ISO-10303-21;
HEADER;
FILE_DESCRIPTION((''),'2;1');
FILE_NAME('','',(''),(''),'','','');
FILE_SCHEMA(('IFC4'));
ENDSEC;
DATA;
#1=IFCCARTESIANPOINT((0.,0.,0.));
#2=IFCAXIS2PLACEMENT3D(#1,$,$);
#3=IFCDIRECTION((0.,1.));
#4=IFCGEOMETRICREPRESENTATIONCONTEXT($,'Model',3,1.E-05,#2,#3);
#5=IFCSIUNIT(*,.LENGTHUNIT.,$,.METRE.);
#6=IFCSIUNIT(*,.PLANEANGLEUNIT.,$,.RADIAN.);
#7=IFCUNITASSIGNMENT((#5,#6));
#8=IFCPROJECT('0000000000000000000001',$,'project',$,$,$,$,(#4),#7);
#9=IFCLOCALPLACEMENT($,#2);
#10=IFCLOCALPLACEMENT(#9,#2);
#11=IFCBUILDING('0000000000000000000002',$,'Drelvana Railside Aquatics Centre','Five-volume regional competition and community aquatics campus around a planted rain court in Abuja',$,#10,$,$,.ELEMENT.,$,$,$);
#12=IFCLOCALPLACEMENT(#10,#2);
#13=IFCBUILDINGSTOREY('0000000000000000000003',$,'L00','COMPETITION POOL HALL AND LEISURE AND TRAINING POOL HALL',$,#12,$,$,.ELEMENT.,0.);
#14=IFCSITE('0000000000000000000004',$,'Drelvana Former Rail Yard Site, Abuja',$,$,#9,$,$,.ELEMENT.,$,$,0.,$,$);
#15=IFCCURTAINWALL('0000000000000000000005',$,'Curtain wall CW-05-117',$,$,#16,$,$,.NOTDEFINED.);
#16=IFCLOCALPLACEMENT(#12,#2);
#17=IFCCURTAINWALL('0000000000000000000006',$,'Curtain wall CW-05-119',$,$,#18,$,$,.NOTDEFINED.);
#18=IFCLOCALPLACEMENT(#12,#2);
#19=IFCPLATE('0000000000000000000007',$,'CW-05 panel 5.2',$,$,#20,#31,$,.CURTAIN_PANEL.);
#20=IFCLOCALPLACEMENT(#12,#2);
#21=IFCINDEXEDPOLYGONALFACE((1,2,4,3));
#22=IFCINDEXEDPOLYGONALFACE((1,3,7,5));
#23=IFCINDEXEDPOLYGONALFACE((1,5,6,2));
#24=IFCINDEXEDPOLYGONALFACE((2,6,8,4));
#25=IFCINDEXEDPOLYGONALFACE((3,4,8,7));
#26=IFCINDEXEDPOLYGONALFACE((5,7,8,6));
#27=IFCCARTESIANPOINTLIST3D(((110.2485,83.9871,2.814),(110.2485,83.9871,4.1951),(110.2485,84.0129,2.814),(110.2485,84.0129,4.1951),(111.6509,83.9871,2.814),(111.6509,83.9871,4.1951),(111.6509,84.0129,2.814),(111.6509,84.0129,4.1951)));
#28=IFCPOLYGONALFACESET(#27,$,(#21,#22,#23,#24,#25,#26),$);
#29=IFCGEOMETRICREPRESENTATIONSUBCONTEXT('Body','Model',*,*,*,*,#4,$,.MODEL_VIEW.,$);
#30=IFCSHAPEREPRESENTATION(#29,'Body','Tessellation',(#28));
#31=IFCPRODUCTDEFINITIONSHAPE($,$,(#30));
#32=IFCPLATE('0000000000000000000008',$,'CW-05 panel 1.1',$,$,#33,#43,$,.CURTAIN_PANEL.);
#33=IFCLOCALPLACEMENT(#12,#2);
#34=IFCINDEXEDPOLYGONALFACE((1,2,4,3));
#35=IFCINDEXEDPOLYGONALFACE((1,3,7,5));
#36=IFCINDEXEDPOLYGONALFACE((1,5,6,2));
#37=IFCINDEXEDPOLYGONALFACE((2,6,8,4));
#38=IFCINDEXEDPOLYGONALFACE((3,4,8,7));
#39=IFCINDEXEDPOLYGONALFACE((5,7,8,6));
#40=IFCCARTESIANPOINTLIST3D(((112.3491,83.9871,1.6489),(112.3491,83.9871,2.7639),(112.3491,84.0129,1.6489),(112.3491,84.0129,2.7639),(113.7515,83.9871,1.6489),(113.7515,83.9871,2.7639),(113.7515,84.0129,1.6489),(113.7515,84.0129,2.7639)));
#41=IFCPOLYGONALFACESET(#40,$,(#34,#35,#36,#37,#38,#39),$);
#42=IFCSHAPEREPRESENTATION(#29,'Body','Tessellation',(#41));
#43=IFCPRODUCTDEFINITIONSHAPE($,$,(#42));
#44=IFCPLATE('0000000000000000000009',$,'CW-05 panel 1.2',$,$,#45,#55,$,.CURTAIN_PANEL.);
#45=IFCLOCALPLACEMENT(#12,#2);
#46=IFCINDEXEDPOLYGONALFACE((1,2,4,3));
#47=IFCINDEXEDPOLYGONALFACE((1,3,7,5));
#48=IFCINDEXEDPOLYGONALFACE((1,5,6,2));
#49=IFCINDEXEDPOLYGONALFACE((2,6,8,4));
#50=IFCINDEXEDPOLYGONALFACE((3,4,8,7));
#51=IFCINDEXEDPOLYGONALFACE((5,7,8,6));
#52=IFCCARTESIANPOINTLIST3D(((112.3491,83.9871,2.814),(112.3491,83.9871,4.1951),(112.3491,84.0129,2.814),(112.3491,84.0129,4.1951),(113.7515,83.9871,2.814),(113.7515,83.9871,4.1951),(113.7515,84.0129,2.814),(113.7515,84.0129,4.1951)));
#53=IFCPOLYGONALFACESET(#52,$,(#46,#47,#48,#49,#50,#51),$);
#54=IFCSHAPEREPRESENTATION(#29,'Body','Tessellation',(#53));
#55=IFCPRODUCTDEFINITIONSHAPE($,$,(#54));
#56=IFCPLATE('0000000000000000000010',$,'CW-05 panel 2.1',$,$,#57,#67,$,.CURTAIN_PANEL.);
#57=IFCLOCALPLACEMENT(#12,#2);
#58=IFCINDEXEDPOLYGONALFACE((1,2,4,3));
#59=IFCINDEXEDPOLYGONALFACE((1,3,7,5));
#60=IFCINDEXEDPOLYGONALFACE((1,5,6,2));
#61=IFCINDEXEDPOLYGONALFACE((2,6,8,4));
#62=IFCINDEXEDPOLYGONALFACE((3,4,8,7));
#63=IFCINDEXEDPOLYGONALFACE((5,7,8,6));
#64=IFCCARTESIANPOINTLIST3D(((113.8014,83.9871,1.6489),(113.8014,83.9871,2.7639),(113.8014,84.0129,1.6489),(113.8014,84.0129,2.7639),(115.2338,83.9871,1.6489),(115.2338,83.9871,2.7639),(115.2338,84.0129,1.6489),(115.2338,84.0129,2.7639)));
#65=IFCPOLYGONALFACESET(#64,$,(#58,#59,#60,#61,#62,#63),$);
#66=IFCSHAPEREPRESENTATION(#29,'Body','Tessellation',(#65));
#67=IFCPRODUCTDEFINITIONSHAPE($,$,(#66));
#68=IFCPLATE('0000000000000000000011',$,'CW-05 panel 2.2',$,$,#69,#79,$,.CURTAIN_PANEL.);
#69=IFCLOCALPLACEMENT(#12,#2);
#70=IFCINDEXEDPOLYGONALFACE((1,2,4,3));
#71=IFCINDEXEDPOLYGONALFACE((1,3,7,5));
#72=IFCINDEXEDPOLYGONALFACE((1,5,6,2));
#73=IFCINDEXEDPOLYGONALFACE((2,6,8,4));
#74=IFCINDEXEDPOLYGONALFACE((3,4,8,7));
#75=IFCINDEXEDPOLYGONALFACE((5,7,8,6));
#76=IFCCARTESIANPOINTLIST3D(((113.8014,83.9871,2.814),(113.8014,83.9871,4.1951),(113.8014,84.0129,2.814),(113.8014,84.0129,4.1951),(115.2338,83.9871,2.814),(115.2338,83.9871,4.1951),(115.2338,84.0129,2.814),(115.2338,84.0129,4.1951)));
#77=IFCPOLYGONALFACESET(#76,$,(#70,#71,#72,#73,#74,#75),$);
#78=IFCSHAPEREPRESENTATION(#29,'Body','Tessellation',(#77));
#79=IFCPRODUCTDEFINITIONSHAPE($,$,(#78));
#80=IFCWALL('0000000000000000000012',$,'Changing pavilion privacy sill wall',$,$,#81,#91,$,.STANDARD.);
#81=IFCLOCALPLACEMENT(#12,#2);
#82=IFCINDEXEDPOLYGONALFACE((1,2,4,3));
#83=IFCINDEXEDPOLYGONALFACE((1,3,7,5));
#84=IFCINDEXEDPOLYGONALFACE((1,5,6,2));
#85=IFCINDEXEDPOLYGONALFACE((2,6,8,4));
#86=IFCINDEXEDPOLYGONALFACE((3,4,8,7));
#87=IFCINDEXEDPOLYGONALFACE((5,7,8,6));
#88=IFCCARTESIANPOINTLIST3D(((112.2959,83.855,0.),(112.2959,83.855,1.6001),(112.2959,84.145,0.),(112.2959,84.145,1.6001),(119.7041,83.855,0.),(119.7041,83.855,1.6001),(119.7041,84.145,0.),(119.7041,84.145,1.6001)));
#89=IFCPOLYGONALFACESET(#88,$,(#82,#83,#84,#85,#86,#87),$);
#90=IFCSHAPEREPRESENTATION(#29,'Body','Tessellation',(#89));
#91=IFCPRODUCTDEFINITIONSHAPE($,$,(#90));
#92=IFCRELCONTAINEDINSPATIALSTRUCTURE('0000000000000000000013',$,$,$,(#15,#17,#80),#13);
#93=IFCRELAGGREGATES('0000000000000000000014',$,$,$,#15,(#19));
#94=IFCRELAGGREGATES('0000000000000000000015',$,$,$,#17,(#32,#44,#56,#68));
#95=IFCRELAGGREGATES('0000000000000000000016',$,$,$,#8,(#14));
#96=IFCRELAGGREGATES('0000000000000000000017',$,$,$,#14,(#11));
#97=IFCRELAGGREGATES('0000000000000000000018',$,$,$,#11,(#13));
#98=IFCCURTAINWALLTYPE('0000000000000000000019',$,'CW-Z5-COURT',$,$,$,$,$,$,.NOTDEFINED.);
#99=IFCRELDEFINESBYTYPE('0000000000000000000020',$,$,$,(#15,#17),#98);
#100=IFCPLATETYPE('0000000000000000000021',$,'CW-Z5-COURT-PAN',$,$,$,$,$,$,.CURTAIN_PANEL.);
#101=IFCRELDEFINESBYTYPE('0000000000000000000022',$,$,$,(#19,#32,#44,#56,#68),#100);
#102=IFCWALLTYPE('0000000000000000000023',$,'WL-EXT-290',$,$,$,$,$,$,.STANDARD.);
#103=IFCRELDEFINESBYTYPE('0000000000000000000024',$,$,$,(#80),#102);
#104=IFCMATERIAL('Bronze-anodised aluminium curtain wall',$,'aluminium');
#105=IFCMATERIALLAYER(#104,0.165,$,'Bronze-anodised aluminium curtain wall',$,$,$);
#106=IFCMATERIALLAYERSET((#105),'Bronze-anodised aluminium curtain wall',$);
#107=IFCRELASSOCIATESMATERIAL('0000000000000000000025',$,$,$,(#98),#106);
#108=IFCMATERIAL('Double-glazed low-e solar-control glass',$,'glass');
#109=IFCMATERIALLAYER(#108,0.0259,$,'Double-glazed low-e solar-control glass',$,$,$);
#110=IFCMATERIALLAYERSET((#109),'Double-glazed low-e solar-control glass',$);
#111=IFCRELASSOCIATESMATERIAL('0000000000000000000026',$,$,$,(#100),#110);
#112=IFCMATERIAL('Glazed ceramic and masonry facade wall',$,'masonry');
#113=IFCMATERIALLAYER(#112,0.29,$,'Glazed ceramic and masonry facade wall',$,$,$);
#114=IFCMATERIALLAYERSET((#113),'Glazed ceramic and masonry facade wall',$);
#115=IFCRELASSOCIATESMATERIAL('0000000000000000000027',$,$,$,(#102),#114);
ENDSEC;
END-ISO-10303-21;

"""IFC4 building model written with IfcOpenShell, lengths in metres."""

from ifc_helpers import new_model, si_unit, direction, frame, frame_2d, origin, origin_2d, place, context, subcontext, project, spatial, rectangle, extrude, material, layer, layer_set, type_object, element, aggregate, save


model = new_model("IFC4")

# Units and contexts
model_context = context("Model", 3, precision=1e-05, world=origin(), true_north=direction((0.0, 1.0)))
body_context = subcontext(model_context, "Body", "Model", "MODEL_VIEW")
ifc_project = project(units=[si_unit("LENGTHUNIT", "METRE"), si_unit("PLANEANGLEUNIT", "RADIAN")], contexts=[model_context])

# Site, building, storey
site_placement = place(None, origin())
site = spatial("IfcSite", under=ifc_project, at=site_placement, Name="Drelvana Former Rail Yard Site, Abuja", CompositionType="ELEMENT", RefElevation=0.0)
building_placement = place(site_placement, origin())
building = spatial("IfcBuilding", under=site, at=building_placement, Name="Drelvana Railside Aquatics Centre", Description="Five-volume regional competition and community aquatics campus around a planted rain court in Abuja", CompositionType="ELEMENT")
storey_placement = place(building_placement, origin())
storey = spatial("IfcBuildingStorey", under=building, at=storey_placement, Name="L00", Description="COMPETITION POOL HALL AND LEISURE AND TRAINING POOL HALL", CompositionType="ELEMENT", Elevation=0.0)

# Curtain walls
ifc_material_1 = material(Name="Bronze-anodised aluminium curtain wall", Category="aluminium")
ifc_layer_1 = layer(ifc_material_1, 0.165, Name="Bronze-anodised aluminium curtain wall")
ifc_layer_set_1 = layer_set([ifc_layer_1], Name="Bronze-anodised aluminium curtain wall")
curtain_wall_type = type_object("IfcCurtainWallType", Name="CW-Z5-COURT", PredefinedType="NOTDEFINED", material=ifc_layer_set_1)
curtain_wall_1_placement = place(storey_placement, origin())
curtain_wall_1 = element("IfcCurtainWall", 1, at=curtain_wall_1_placement, inside=storey, type_object=curtain_wall_type, Name="Curtain wall CW-05-117", PredefinedType="NOTDEFINED")
curtain_wall_2_placement = place(storey_placement, origin())
curtain_wall_2 = element("IfcCurtainWall", 2, at=curtain_wall_2_placement, inside=storey, type_object=curtain_wall_type, Name="Curtain wall CW-05-119", PredefinedType="NOTDEFINED")

# Plates
ifc_material_2 = material(Name="Double-glazed low-e solar-control glass", Category="glass")
ifc_layer_2 = layer(ifc_material_2, 0.0259, Name="Double-glazed low-e solar-control glass")
ifc_layer_set_2 = layer_set([ifc_layer_2], Name="Double-glazed low-e solar-control glass")
plate_type = type_object("IfcPlateType", Name="CW-Z5-COURT-PAN", PredefinedType="CURTAIN_PANEL", material=ifc_layer_set_2)
plate_1_placement = place(storey_placement, frame((110.9497, 84.0, 2.814), z_axis=(0.0, 0.0, 1.0), x_axis=(1.0, 0.0, 0.0)))
plate_1 = element("IfcPlate", 3, at=plate_1_placement, type_object=plate_type, Name="CW-05 panel 5.2", PredefinedType="CURTAIN_PANEL", context=body_context, shape_type="SweptSolid", body=[
    extrude(rectangle(XDim=1.4023, YDim=0.0259, at=origin_2d()), origin(), (0.0, 0.0, 1.0), 1.3811),
])
aggregate(curtain_wall_1, [plate_1])
plate_2_placement = place(storey_placement, frame((113.0503, 84.0, 1.6489), z_axis=(0.0, 0.0, 1.0), x_axis=(1.0, 0.0, 0.0)))
plate_2 = element("IfcPlate", 4, at=plate_2_placement, type_object=plate_type, Name="CW-05 panel 1.1", PredefinedType="CURTAIN_PANEL", context=body_context, shape_type="SweptSolid", body=[
    extrude(rectangle(XDim=1.4023, YDim=0.0259, at=origin_2d()), origin(), (0.0, 0.0, 1.0), 1.115),
])
plate_3_placement = place(storey_placement, frame((113.0503, 84.0, 2.814), z_axis=(0.0, 0.0, 1.0), x_axis=(1.0, 0.0, 0.0)))
plate_3 = element("IfcPlate", 5, at=plate_3_placement, type_object=plate_type, Name="CW-05 panel 1.2", PredefinedType="CURTAIN_PANEL", context=body_context, shape_type="SweptSolid", body=[
    extrude(rectangle(XDim=1.4023, YDim=0.0259, at=origin_2d()), origin(), (0.0, 0.0, 1.0), 1.3811),
])
plate_4_placement = place(storey_placement, frame((114.5176, 84.0, 1.6489), z_axis=(0.0, 0.0, 1.0), x_axis=(1.0, 0.0, 0.0)))
plate_4 = element("IfcPlate", 6, at=plate_4_placement, type_object=plate_type, Name="CW-05 panel 2.1", PredefinedType="CURTAIN_PANEL", context=body_context, shape_type="SweptSolid", body=[
    extrude(rectangle(XDim=1.4324, YDim=0.0259, at=origin_2d()), origin(), (0.0, 0.0, 1.0), 1.115),
])
plate_5_placement = place(storey_placement, frame((114.5176, 84.0, 2.814), z_axis=(0.0, 0.0, 1.0), x_axis=(1.0, 0.0, 0.0)))
plate_5 = element("IfcPlate", 7, at=plate_5_placement, type_object=plate_type, Name="CW-05 panel 2.2", PredefinedType="CURTAIN_PANEL", context=body_context, shape_type="SweptSolid", body=[
    extrude(rectangle(XDim=1.4324, YDim=0.0259, at=origin_2d()), origin(), (0.0, 0.0, 1.0), 1.3811),
])
aggregate(curtain_wall_2, [plate_2, plate_3, plate_4, plate_5])

# Wall
ifc_material_3 = material(Name="Glazed ceramic and masonry facade wall", Category="masonry")
ifc_layer_3 = layer(ifc_material_3, 0.29, Name="Glazed ceramic and masonry facade wall")
ifc_layer_set_3 = layer_set([ifc_layer_3], Name="Glazed ceramic and masonry facade wall")
wall_type = type_object("IfcWallType", Name="WL-EXT-290", PredefinedType="STANDARD", material=ifc_layer_set_3)
wall_placement = place(storey_placement, frame((112.2959, 84.0, 0.0), z_axis=(0.0, 0.0, 1.0), x_axis=(1.0, 0.0, 0.0)))
element("IfcWall", 8, at=wall_placement, inside=storey, type_object=wall_type, Name="Changing pavilion privacy sill wall", PredefinedType="STANDARD", context=body_context, shape_type="SweptSolid", body=[
    extrude(rectangle(XDim=7.4082, YDim=0.29, at=frame_2d((3.7041, 0.0))), origin(), (0.0, 0.0, 1.0), 1.6001),
])

save(model, "model.ifc")
